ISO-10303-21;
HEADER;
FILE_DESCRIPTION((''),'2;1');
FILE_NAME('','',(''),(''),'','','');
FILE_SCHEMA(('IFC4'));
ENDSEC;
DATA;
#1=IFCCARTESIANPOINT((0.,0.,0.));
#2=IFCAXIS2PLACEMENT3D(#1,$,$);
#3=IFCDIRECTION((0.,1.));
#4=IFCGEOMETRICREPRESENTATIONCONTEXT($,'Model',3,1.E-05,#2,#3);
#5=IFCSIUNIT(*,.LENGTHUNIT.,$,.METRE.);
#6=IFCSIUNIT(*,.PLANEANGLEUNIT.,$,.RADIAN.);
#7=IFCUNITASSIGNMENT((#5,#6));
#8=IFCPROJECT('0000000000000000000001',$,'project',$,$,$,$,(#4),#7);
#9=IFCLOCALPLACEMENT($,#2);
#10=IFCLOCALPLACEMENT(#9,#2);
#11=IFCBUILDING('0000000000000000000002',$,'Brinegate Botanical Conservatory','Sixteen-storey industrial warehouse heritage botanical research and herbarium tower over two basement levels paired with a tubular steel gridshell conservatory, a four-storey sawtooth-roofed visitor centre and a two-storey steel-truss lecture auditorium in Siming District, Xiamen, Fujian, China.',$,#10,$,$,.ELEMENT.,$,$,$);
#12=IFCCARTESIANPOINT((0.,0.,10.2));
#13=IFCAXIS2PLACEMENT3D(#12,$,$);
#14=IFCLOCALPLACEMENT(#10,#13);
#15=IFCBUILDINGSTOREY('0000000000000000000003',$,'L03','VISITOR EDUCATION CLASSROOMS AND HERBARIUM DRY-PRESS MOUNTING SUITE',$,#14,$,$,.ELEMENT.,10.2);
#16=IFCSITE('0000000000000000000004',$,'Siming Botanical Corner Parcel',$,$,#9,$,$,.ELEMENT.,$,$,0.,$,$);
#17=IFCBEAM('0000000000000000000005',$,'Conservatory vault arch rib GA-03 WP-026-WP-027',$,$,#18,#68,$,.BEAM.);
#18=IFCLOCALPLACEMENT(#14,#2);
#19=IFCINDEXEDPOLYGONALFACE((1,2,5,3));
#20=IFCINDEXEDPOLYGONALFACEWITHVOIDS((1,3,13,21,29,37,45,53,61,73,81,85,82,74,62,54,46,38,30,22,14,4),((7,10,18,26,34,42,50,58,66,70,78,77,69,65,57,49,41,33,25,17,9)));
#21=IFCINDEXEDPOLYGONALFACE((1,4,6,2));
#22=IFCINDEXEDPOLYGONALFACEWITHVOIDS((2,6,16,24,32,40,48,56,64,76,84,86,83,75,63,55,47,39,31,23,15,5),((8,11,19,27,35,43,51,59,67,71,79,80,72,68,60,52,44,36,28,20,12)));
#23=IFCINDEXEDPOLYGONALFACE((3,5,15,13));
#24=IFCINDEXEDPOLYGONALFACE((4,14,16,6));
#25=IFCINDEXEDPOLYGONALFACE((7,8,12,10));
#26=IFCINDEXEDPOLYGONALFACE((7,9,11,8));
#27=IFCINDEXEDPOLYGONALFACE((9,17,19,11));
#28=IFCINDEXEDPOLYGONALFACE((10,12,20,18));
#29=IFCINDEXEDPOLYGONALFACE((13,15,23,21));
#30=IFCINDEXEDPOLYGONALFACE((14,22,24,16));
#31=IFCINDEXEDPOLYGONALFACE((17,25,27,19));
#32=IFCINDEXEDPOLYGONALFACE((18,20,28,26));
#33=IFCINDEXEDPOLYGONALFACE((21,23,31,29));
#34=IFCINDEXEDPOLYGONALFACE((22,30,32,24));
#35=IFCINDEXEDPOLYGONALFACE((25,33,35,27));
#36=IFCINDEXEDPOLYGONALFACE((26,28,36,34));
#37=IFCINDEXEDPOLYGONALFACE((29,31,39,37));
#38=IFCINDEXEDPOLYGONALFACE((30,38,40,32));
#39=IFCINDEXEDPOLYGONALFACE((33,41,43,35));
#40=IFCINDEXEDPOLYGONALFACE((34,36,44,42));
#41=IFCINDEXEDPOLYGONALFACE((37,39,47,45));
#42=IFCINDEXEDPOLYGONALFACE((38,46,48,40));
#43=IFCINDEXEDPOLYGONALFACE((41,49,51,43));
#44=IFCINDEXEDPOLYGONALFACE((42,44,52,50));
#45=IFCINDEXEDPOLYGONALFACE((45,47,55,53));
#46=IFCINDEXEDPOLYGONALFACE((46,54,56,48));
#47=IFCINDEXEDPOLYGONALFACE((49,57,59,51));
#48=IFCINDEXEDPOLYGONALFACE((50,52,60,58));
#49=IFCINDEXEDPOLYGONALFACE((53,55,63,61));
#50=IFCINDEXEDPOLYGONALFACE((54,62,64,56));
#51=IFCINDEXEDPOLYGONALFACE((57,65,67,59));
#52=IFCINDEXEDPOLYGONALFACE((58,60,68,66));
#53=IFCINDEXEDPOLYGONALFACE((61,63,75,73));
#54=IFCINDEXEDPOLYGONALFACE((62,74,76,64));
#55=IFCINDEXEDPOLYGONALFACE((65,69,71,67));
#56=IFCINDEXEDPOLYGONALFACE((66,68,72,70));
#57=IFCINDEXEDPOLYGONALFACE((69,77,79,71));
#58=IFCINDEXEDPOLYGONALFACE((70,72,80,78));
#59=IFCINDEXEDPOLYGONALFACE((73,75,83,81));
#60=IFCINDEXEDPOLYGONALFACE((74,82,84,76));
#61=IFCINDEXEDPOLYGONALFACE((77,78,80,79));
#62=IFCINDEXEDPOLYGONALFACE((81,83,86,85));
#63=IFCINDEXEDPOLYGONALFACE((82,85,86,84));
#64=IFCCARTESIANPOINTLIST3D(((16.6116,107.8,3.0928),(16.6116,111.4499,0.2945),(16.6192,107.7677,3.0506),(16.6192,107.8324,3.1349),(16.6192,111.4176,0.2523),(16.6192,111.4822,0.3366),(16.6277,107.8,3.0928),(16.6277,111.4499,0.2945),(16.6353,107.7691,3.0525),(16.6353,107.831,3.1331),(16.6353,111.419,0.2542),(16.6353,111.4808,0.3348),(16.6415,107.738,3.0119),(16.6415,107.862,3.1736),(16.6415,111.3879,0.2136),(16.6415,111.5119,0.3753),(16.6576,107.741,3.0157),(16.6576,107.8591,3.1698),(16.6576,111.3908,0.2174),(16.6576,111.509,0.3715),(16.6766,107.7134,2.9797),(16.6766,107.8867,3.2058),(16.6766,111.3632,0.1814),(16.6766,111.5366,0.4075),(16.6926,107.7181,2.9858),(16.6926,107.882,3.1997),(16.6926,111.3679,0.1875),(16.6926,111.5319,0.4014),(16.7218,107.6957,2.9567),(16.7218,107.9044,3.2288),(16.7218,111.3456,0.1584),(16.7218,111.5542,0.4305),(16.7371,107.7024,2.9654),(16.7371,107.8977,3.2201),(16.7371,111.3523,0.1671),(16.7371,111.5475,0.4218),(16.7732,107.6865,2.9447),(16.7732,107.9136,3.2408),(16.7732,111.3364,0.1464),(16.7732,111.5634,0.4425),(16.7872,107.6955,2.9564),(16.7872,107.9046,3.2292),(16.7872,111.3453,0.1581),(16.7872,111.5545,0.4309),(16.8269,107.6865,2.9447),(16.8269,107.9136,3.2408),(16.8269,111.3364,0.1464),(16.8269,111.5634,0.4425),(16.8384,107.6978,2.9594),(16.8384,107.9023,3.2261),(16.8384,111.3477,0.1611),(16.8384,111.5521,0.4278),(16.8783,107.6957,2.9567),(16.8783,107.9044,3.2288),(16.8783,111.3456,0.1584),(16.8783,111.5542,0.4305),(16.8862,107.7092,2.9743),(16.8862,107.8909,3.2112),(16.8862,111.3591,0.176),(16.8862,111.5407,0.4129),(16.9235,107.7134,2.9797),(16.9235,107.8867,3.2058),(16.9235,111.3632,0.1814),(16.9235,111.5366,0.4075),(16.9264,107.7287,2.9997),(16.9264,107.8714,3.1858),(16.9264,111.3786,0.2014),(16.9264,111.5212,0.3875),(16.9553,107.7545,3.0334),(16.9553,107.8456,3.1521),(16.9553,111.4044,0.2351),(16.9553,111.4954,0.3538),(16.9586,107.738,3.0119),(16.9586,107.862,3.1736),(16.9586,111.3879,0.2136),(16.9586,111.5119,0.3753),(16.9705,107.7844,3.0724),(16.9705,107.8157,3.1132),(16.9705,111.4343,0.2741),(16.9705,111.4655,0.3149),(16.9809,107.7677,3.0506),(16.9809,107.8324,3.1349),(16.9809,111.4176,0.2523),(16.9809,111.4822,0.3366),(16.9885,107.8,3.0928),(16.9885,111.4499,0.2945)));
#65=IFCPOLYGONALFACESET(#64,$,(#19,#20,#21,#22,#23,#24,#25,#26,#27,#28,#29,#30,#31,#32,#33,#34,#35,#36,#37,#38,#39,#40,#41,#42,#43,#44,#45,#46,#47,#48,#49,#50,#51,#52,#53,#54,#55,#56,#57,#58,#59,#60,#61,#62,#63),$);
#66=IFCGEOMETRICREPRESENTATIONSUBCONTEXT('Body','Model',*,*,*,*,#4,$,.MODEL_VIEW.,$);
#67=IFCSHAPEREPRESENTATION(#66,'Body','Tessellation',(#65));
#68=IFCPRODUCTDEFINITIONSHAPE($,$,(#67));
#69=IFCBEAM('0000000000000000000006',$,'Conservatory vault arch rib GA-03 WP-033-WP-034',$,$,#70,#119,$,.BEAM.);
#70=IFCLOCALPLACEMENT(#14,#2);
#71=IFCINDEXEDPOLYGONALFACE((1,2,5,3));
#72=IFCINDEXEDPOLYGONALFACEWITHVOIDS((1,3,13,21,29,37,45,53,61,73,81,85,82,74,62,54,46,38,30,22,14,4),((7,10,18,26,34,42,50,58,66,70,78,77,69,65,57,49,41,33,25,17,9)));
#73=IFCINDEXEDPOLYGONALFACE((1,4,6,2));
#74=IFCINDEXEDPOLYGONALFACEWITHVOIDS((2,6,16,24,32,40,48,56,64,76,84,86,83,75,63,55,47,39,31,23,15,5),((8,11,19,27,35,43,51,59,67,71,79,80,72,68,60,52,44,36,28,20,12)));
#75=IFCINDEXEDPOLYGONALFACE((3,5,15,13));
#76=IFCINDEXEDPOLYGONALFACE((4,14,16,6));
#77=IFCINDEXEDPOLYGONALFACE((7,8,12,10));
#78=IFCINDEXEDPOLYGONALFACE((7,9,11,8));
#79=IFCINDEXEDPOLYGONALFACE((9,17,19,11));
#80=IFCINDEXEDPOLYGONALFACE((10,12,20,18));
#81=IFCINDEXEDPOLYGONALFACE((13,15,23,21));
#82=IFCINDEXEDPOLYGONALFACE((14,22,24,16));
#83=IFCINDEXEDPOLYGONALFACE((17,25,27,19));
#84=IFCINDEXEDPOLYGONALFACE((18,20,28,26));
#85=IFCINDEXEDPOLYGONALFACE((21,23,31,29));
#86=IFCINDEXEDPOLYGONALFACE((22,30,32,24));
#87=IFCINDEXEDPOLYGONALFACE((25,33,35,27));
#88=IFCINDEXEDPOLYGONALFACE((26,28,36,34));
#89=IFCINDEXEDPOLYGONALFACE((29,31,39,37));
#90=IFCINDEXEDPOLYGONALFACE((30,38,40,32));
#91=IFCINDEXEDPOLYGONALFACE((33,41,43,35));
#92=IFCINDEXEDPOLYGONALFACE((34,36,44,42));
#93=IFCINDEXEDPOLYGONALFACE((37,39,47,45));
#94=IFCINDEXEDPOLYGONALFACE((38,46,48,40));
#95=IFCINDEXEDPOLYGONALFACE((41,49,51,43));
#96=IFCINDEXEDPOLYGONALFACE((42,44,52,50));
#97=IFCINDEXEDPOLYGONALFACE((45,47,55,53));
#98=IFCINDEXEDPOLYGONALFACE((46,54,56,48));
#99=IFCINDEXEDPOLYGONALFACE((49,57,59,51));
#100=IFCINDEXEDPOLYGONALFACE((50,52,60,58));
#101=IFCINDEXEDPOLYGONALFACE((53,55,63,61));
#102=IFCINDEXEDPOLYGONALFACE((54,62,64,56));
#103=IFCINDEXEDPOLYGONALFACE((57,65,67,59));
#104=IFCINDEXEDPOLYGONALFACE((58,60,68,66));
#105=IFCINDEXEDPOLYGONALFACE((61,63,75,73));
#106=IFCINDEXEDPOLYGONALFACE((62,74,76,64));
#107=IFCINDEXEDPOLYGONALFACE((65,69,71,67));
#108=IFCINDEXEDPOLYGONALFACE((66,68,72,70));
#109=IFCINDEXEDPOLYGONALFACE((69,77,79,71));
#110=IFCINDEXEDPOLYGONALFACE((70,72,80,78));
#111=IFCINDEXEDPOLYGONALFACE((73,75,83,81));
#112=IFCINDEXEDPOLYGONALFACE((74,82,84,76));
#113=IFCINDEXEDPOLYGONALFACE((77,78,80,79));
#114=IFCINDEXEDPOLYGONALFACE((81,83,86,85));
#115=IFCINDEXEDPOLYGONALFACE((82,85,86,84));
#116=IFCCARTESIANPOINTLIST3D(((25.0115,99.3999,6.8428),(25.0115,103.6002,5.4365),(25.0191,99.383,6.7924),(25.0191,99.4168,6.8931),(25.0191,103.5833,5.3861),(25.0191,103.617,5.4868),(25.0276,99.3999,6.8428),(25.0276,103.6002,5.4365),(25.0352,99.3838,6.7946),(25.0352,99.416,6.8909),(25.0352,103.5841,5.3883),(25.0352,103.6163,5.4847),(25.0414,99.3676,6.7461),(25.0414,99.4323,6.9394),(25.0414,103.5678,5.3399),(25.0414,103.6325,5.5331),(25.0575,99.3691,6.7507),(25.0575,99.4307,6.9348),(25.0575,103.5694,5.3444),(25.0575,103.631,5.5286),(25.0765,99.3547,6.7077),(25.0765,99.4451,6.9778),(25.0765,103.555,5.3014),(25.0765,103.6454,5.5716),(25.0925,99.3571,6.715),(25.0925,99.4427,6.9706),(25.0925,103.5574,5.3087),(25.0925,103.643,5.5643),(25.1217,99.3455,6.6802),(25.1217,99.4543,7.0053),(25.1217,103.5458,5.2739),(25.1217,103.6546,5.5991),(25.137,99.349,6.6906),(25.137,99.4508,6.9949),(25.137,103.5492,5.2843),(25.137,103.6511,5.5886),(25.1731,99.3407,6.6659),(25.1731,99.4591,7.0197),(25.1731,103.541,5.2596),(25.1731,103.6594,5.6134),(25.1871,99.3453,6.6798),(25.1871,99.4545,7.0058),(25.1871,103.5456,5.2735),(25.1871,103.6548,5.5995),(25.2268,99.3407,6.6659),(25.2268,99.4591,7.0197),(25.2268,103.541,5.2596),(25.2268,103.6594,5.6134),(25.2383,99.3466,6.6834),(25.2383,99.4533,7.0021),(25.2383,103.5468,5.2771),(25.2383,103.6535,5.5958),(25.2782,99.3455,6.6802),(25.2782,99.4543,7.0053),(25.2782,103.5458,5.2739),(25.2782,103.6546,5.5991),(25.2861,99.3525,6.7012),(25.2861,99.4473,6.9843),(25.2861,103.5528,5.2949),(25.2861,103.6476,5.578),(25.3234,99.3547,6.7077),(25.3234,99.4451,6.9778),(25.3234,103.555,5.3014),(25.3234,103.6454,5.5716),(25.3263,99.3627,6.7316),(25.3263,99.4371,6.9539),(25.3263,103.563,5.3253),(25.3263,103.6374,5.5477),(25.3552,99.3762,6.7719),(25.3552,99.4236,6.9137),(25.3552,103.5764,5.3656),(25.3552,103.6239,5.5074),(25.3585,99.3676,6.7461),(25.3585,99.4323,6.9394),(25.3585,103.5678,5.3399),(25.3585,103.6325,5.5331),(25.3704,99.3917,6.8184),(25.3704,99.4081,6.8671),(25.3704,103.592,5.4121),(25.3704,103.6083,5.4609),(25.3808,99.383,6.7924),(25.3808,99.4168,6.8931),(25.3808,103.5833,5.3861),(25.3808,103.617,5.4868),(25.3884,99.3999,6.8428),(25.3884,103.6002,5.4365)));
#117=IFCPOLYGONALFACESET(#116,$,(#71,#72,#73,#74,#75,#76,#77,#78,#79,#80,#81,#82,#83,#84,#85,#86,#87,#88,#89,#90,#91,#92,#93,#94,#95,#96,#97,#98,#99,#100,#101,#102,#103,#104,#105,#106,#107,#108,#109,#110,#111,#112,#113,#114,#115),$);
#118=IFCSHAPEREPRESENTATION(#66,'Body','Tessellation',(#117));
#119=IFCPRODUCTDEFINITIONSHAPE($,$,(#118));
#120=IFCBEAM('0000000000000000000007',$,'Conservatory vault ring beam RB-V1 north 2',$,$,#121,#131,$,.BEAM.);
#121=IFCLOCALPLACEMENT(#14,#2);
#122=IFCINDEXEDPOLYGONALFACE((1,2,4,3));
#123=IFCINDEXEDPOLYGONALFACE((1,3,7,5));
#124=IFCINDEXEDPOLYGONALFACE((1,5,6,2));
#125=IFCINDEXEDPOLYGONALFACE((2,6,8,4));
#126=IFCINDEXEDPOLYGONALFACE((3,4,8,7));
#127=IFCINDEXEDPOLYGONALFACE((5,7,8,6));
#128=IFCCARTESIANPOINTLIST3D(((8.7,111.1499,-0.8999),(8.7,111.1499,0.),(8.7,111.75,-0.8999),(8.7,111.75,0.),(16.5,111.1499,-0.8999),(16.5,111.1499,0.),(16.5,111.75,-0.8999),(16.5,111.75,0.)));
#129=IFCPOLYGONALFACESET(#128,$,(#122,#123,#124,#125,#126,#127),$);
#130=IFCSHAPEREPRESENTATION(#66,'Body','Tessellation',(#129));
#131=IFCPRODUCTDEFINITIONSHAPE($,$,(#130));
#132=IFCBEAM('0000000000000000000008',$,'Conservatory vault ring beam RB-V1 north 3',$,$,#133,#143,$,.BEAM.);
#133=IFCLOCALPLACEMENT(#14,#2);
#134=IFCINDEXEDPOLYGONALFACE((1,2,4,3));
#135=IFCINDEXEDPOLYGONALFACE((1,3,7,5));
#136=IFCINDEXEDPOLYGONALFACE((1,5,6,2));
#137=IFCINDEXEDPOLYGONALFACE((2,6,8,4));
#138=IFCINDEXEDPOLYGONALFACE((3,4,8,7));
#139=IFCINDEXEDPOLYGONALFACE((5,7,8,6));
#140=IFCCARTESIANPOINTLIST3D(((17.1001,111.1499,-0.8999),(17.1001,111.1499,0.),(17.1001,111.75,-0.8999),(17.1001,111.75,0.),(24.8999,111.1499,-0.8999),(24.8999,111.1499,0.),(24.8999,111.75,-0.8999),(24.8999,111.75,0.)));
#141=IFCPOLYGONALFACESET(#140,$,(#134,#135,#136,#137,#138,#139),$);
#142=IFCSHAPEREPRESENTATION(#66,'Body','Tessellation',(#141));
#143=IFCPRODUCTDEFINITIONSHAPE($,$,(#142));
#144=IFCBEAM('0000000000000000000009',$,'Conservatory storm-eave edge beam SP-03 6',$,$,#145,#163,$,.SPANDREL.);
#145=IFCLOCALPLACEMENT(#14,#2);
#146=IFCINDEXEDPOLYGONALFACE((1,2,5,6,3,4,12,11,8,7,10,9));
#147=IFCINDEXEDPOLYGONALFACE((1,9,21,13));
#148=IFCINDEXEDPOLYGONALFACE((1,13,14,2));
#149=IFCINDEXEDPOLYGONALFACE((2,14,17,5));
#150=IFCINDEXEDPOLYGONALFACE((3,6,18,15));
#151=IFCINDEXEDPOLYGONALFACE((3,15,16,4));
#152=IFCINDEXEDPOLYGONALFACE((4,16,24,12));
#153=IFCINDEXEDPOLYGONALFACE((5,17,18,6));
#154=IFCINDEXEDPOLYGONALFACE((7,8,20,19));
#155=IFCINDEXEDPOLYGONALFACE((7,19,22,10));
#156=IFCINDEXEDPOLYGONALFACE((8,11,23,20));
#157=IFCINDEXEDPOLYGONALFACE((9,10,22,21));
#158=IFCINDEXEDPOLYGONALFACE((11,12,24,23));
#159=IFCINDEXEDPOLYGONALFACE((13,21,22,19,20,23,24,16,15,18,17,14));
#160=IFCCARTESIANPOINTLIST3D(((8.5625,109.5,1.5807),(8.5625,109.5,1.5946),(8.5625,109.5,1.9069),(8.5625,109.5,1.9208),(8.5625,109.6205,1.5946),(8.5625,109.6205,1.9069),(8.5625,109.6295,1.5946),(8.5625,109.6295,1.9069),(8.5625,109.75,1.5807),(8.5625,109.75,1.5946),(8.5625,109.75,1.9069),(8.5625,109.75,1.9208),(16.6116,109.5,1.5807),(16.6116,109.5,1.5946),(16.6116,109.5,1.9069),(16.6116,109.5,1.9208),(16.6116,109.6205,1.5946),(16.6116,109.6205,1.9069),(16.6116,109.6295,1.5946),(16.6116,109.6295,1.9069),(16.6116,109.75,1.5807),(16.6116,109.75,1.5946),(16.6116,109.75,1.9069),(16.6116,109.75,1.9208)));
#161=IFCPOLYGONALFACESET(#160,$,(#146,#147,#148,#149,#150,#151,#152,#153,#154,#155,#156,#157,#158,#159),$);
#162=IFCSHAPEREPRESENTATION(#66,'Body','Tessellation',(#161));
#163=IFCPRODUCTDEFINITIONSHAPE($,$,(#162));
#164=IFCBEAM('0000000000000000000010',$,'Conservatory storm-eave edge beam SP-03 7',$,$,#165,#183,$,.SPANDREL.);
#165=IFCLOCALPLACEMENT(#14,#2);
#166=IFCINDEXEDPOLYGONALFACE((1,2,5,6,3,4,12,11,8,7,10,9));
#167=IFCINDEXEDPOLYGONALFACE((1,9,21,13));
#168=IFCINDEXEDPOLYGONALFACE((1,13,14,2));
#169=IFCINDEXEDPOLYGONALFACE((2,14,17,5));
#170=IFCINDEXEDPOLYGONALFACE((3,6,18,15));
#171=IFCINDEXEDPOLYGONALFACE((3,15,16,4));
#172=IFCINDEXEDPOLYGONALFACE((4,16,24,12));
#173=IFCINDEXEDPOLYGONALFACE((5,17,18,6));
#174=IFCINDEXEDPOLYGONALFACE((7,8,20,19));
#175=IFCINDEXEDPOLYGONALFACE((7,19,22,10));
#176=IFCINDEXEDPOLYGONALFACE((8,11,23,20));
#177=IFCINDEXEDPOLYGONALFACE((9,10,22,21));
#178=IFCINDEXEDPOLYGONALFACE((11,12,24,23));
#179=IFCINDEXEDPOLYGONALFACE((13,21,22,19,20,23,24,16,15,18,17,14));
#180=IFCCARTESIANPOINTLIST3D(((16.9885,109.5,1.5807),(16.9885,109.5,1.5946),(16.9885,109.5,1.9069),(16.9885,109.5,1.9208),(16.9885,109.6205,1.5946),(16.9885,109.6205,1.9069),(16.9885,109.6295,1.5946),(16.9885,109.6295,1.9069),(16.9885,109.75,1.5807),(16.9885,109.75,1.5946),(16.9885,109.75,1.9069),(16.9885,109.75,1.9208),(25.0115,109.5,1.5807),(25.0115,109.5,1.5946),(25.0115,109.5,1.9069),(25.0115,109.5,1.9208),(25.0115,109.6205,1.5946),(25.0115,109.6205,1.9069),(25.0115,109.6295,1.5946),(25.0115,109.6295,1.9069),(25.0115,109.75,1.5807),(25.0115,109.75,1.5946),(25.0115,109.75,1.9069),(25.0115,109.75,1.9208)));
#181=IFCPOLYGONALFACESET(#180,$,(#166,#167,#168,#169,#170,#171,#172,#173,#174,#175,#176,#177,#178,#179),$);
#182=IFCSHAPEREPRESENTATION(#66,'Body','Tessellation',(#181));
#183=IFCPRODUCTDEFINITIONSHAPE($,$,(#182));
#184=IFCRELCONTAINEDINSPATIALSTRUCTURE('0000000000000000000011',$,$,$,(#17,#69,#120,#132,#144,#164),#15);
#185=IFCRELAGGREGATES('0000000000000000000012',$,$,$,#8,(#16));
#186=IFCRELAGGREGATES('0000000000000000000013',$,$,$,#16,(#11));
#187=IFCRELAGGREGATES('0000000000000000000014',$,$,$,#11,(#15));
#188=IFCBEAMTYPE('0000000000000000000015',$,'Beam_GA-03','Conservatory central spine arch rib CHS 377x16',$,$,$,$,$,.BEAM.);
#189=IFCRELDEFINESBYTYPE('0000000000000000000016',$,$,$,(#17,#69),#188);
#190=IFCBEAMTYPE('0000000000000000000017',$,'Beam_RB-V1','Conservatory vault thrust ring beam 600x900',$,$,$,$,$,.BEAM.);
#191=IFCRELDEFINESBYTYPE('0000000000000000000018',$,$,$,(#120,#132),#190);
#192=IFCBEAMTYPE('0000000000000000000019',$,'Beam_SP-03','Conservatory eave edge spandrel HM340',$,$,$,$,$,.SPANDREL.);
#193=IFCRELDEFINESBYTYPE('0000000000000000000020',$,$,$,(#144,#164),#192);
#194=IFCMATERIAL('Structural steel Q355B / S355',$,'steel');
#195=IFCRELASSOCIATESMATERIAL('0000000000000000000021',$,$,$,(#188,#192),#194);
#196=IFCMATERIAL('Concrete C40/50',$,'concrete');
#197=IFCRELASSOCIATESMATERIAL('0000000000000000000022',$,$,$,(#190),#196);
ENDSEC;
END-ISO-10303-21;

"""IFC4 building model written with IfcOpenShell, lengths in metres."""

from ifc_helpers import new_model, si_unit, direction, frame, origin, origin_2d, place, context, subcontext, project, spatial, rectangle, hollow_circle, i_section, extrude, material, material_profile, profile_set, type_object, element, save


model = new_model("IFC4")

# Units and contexts
model_context = context("Model", 3, precision=1e-05, world=origin(), true_north=direction((0.0, 1.0)))
body_context = subcontext(model_context, "Body", "Model", "MODEL_VIEW")
ifc_project = project(units=[si_unit("LENGTHUNIT", "METRE"), si_unit("PLANEANGLEUNIT", "RADIAN")], contexts=[model_context])

# Site, building, storey
site_placement = place(None, origin())
site = spatial("IfcSite", under=ifc_project, at=site_placement, Name="Siming Botanical Corner Parcel", CompositionType="ELEMENT", RefElevation=0.0)
building_placement = place(site_placement, origin())
building = spatial("IfcBuilding", under=site, at=building_placement, Name="Brinegate Botanical Conservatory", Description="Sixteen-storey industrial warehouse heritage botanical research and herbarium tower over two basement levels paired with a tubular steel gridshell conservatory, a four-storey sawtooth-roofed visitor centre and a two-storey steel-truss lecture auditorium in Siming District, Xiamen, Fujian, China.", CompositionType="ELEMENT")
storey_placement = place(building_placement, frame((0.0, 0.0, 10.2)))
storey = spatial("IfcBuildingStorey", under=building, at=storey_placement, Name="L03", Description="VISITOR EDUCATION CLASSROOMS AND HERBARIUM DRY-PRESS MOUNTING SUITE", CompositionType="ELEMENT", Elevation=10.2)

# Beams
ifc_material_1 = material(Name="Structural steel Q355B / S355", Category="steel")
ifc_material_profile_1 = material_profile(ifc_material_1, hollow_circle(Radius=0.1885, WallThickness=0.0161, at=origin_2d()), Name="CHS 377x16")
ifc_profile_set_1 = profile_set([ifc_material_profile_1], Name="Structural steel Q355B / S355")
beam_type_1 = type_object("IfcBeamType", Name="Beam_GA-03", Description="Conservatory central spine arch rib CHS 377x16", PredefinedType="BEAM", material=ifc_profile_set_1)
beam_1_placement = place(storey_placement, frame((16.8, 107.8, 3.0928), z_axis=(0.0, 0.793598, -0.608443), x_axis=(-1.0, 0.0, 0.0)))
element("IfcBeam", 1, at=beam_1_placement, inside=storey, type_object=beam_type_1, Name="Conservatory vault arch rib GA-03 WP-026-WP-027", PredefinedType="BEAM", context=body_context, shape_type="SweptSolid", body=[
    extrude(hollow_circle(Radius=0.1885, WallThickness=0.0161, at=origin_2d()), origin(), (0.0, 0.0, 1.0), 4.5991),
])
beam_2_placement = place(storey_placement, frame((25.2, 99.3999, 6.8428), z_axis=(0.0, 0.948264, -0.317484), x_axis=(-1.0, 0.0, 0.0)))
element("IfcBeam", 2, at=beam_2_placement, inside=storey, type_object=beam_type_1, Name="Conservatory vault arch rib GA-03 WP-033-WP-034", PredefinedType="BEAM", context=body_context, shape_type="SweptSolid", body=[
    extrude(hollow_circle(Radius=0.1885, WallThickness=0.0161, at=origin_2d()), origin(), (0.0, 0.0, 1.0), 4.4294),
])
ifc_material_2 = material(Name="Concrete C40/50", Category="concrete")
ifc_material_profile_2 = material_profile(ifc_material_2, rectangle(XDim=0.6001, YDim=0.8999, at=origin_2d()), Name="RC RB 600x900")
ifc_profile_set_2 = profile_set([ifc_material_profile_2], Name="Concrete C40/50")
beam_type_2 = type_object("IfcBeamType", Name="Beam_RB-V1", Description="Conservatory vault thrust ring beam 600x900", PredefinedType="BEAM", material=ifc_profile_set_2)
beam_3_placement = place(storey_placement, frame((8.7, 111.45, -0.45), z_axis=(1.0, 0.0, 0.0), x_axis=(0.0, 1.0, 0.0)))
element("IfcBeam", 3, at=beam_3_placement, inside=storey, type_object=beam_type_2, Name="Conservatory vault ring beam RB-V1 north 2", PredefinedType="BEAM", context=body_context, shape_type="SweptSolid", body=[
    extrude(rectangle(XDim=0.6001, YDim=0.8999, at=origin_2d()), origin(), (0.0, 0.0, 1.0), 7.8),
])
beam_4_placement = place(storey_placement, frame((17.1001, 111.45, -0.45), z_axis=(1.0, 0.0, 0.0), x_axis=(0.0, 1.0, 0.0)))
element("IfcBeam", 4, at=beam_4_placement, inside=storey, type_object=beam_type_2, Name="Conservatory vault ring beam RB-V1 north 3", PredefinedType="BEAM", context=body_context, shape_type="SweptSolid", body=[
    extrude(rectangle(XDim=0.6001, YDim=0.8999, at=origin_2d()), origin(), (0.0, 0.0, 1.0), 7.7998),
])
ifc_material_profile_3 = material_profile(ifc_material_1, i_section(OverallWidth=0.25, OverallDepth=0.3401, WebThickness=0.009, FlangeThickness=0.0139, at=origin_2d()), Name="HM 340x250x9x14")
ifc_profile_set_3 = profile_set([ifc_material_profile_3], Name="Structural steel Q355B / S355")
beam_type_3 = type_object("IfcBeamType", Name="Beam_SP-03", Description="Conservatory eave edge spandrel HM340", PredefinedType="SPANDREL", material=ifc_profile_set_3)
beam_5_placement = place(storey_placement, frame((8.5625, 109.625, 1.7507), z_axis=(1.0, 0.0, 0.0), x_axis=(0.0, 1.0, 0.0)))
element("IfcBeam", 5, at=beam_5_placement, inside=storey, type_object=beam_type_3, Name="Conservatory storm-eave edge beam SP-03 6", PredefinedType="SPANDREL", context=body_context, shape_type="SweptSolid", body=[
    extrude(i_section(OverallWidth=0.25, OverallDepth=0.3401, WebThickness=0.009, FlangeThickness=0.0139, at=origin_2d()), origin(), (0.0, 0.0, 1.0), 8.0491),
])
beam_6_placement = place(storey_placement, frame((16.9885, 109.625, 1.7507), z_axis=(1.0, 0.0, 0.0), x_axis=(0.0, 1.0, 0.0)))
element("IfcBeam", 6, at=beam_6_placement, inside=storey, type_object=beam_type_3, Name="Conservatory storm-eave edge beam SP-03 7", PredefinedType="SPANDREL", context=body_context, shape_type="SweptSolid", body=[
    extrude(i_section(OverallWidth=0.25, OverallDepth=0.3401, WebThickness=0.009, FlangeThickness=0.0139, at=origin_2d()), origin(), (0.0, 0.0, 1.0), 8.0229),
])

save(model, "model.ifc")
